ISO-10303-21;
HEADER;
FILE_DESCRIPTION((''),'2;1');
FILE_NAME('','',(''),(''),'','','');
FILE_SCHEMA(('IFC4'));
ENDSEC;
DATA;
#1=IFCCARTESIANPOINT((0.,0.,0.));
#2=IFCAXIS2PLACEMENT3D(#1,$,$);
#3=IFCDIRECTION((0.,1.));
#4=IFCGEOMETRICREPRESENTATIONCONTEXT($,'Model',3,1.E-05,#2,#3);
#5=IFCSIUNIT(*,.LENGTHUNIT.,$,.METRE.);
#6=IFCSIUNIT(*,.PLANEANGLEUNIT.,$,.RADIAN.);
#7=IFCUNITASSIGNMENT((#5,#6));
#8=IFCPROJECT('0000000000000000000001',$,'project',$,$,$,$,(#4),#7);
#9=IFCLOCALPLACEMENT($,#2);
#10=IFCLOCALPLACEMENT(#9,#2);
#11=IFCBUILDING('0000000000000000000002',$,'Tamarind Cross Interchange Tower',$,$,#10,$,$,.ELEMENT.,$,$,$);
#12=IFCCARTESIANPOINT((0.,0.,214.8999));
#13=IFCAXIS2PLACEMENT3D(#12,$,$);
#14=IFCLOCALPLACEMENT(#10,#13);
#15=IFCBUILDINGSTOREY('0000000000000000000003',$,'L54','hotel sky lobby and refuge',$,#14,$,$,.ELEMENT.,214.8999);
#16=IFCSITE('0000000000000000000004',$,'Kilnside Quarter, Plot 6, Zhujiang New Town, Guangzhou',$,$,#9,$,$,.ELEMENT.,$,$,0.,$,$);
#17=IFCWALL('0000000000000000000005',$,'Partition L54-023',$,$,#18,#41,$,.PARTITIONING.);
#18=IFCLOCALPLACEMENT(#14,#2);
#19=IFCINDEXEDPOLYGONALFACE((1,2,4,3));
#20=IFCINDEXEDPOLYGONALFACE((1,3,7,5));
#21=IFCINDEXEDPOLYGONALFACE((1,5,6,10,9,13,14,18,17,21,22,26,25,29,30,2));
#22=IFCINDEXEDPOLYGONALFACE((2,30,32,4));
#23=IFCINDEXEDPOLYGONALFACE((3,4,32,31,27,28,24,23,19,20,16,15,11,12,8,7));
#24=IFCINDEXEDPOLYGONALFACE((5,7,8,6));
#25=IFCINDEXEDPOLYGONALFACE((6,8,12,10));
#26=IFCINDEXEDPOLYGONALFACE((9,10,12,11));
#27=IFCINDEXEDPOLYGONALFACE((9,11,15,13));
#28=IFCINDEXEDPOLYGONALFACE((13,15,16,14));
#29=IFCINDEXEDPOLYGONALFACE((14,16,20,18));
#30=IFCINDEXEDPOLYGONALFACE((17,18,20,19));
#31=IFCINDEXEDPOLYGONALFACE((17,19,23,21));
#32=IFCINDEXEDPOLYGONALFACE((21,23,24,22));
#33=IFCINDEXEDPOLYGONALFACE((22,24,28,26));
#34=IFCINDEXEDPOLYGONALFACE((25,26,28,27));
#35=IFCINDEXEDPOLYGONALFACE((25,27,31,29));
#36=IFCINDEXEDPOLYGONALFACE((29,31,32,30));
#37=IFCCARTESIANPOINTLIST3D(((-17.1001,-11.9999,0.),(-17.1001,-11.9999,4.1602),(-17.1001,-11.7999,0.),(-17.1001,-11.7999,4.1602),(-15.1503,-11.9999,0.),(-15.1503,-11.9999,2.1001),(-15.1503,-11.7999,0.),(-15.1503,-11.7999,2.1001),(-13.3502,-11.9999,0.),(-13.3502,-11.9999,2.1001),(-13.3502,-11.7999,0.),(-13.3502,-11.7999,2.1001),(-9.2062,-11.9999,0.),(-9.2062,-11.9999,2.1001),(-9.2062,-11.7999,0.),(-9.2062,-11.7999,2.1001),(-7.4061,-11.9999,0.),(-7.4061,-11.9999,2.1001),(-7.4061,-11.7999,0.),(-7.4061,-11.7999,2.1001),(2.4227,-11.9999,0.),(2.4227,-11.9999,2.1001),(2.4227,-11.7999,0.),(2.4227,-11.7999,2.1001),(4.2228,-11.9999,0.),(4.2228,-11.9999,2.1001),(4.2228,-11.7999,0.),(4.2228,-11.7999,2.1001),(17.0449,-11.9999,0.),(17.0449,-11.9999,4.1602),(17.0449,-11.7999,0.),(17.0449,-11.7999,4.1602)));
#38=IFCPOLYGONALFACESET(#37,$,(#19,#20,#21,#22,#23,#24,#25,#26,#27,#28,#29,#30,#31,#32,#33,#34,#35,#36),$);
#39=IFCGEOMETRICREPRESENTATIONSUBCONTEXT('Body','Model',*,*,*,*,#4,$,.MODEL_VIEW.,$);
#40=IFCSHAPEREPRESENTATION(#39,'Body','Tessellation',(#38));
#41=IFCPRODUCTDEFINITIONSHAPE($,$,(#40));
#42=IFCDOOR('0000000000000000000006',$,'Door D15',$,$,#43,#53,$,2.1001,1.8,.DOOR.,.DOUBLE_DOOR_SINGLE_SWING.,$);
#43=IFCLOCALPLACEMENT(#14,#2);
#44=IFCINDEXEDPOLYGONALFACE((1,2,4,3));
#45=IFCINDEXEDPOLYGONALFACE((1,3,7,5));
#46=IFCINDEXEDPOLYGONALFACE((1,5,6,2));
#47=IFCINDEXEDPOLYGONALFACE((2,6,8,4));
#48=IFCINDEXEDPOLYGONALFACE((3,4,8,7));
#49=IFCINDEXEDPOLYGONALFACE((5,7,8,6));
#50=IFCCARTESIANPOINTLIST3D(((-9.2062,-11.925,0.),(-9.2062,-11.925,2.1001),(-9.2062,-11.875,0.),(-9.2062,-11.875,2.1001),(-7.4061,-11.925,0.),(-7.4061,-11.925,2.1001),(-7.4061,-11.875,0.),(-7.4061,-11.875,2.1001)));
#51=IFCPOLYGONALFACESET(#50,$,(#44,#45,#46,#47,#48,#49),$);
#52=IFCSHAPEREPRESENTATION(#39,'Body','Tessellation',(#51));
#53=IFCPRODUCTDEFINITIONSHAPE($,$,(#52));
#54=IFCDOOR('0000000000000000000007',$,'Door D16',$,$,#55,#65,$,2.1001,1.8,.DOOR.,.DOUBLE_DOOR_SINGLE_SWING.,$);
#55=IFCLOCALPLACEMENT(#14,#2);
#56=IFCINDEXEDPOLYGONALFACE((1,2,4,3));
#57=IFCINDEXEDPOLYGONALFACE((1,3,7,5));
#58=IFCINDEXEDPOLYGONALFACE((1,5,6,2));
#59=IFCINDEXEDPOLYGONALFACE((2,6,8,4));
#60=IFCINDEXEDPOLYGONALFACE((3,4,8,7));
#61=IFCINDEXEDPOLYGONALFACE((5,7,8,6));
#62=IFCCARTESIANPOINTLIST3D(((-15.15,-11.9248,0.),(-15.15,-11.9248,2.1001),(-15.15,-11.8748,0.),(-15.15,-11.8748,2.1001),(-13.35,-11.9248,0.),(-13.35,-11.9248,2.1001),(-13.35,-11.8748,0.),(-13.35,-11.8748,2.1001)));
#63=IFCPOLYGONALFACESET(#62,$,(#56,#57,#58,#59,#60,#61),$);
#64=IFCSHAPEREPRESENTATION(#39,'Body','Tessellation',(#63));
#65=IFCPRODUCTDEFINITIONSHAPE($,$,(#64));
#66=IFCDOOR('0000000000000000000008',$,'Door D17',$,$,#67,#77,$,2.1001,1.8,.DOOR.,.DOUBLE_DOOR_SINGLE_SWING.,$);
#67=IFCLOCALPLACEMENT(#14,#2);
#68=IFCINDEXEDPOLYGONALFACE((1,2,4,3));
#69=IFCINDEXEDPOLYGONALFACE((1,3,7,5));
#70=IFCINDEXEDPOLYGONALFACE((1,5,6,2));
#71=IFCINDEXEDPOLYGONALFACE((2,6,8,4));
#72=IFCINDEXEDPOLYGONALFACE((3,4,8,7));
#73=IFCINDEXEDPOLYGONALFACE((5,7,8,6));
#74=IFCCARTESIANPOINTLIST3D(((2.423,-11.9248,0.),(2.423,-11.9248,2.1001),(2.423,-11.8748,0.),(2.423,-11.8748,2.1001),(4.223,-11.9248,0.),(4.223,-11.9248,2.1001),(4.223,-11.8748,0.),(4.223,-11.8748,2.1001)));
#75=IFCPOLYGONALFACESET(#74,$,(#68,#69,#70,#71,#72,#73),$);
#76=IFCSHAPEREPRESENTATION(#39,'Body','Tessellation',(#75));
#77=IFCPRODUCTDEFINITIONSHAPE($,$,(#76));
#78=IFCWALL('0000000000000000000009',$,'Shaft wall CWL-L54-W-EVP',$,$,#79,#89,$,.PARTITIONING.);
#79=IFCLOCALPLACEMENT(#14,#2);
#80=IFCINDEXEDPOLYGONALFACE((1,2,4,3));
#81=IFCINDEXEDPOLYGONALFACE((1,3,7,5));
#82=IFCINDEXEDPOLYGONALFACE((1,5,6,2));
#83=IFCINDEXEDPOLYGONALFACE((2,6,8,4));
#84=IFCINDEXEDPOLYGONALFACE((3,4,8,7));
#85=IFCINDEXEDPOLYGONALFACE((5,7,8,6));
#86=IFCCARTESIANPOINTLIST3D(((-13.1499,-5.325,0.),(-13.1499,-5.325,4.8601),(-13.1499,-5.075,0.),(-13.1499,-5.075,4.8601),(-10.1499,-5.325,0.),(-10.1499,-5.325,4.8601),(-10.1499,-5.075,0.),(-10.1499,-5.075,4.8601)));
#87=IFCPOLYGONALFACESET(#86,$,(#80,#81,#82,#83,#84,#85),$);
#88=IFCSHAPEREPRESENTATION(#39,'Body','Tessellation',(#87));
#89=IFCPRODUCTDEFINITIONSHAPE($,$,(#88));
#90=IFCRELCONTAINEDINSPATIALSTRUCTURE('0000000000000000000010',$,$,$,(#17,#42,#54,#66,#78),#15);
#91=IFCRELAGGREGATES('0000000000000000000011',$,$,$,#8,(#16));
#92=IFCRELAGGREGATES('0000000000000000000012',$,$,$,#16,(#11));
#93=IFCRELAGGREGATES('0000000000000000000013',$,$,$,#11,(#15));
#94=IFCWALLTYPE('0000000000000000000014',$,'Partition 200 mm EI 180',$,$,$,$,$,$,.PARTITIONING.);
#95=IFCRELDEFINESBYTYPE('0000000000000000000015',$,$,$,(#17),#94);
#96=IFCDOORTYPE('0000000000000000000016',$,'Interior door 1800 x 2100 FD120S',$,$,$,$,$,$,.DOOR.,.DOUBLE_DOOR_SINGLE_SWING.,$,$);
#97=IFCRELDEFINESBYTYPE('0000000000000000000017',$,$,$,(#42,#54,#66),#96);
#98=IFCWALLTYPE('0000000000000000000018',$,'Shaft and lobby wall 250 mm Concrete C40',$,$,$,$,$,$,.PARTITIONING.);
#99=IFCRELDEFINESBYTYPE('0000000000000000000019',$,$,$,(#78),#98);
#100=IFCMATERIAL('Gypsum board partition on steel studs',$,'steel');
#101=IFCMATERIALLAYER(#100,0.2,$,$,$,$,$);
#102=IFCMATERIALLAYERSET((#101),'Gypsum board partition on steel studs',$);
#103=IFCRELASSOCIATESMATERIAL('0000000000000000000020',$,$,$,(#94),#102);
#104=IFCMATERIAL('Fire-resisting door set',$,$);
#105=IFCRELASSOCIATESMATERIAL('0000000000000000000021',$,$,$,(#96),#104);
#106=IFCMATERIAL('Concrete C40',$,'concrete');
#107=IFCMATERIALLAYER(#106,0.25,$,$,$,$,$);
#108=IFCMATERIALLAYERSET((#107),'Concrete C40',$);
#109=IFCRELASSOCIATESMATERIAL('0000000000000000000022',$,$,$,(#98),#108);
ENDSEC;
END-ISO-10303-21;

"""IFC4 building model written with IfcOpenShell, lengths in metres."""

from ifc_helpers import new_model, si_unit, direction, frame, frame_2d, origin, place, context, subcontext, project, spatial, rectangle, extrude, material, layer, layer_set, type_object, element, fill, save


model = new_model("IFC4")

# Units and contexts
model_context = context("Model", 3, precision=1e-05, world=origin(), true_north=direction((0.0, 1.0)))
body_context = subcontext(model_context, "Body", "Model", "MODEL_VIEW")
ifc_project = project(units=[si_unit("LENGTHUNIT", "METRE"), si_unit("PLANEANGLEUNIT", "RADIAN")], contexts=[model_context])

# Site, building, storey
site_placement = place(None, origin())
site = spatial("IfcSite", under=ifc_project, at=site_placement, Name="Kilnside Quarter, Plot 6, Zhujiang New Town, Guangzhou", CompositionType="ELEMENT", RefElevation=0.0)
building_placement = place(site_placement, origin())
building = spatial("IfcBuilding", under=site, at=building_placement, Name="Tamarind Cross Interchange Tower", CompositionType="ELEMENT")
storey_placement = place(building_placement, frame((0.0, 0.0, 214.8999)))
storey = spatial("IfcBuildingStorey", under=building, at=storey_placement, Name="L54", Description="hotel sky lobby and refuge", CompositionType="ELEMENT", Elevation=214.8999)

# Wall, openings, doors
ifc_material_1 = material(Name="Gypsum board partition on steel studs", Category="steel")
ifc_layer_1 = layer(ifc_material_1, 0.2)
ifc_layer_set_1 = layer_set([ifc_layer_1], Name="Gypsum board partition on steel studs")
wall_type_1 = type_object("IfcWallType", Name="Partition 200 mm EI 180", PredefinedType="PARTITIONING", material=ifc_layer_set_1)
wall_1_placement = place(storey_placement, frame((-17.1001, -11.8999, 0.0), z_axis=(0.0, 0.0, 1.0), x_axis=(1.0, 0.0, 0.0)))
wall_1 = element("IfcWall", 1, at=wall_1_placement, inside=storey, type_object=wall_type_1, Name="Partition L54-023", PredefinedType="PARTITIONING", context=body_context, shape_type="SweptSolid", body=[
    extrude(rectangle(XDim=34.145, YDim=0.2, at=frame_2d((17.0725, 0.0))), origin(), (0.0, 0.0, 1.0), 4.1602),
])
opening_1_placement = place(wall_1_placement, frame((7.894, 0.0, 0.0)))
opening_1 = element("IfcOpeningElement", 2, at=opening_1_placement, cuts=wall_1, PredefinedType="OPENING", context=body_context, shape_type="SweptSolid", body=[
    extrude(rectangle(XDim=1.8, YDim=2.1001, at=frame_2d((0.8999, 1.05))), frame((0.0, 0.1099, 0.0), z_axis=(0.0, -1.0, 0.0), x_axis=(1.0, 0.0, 0.0)), (0.0, 0.0, 1.0), 0.22),
])
opening_2_placement = place(wall_1_placement, frame((1.95, 0.0, 0.0)))
opening_2 = element("IfcOpeningElement", 3, at=opening_2_placement, cuts=wall_1, PredefinedType="OPENING", context=body_context, shape_type="SweptSolid", body=[
    extrude(rectangle(XDim=1.8, YDim=2.1001, at=frame_2d((0.8999, 1.05))), frame((0.0, 0.1099, 0.0), z_axis=(0.0, -1.0, 0.0), x_axis=(1.0, 0.0, 0.0)), (0.0, 0.0, 1.0), 0.22),
])
opening_3_placement = place(wall_1_placement, frame((19.5229, 0.0, 0.0)))
opening_3 = element("IfcOpeningElement", 4, at=opening_3_placement, cuts=wall_1, PredefinedType="OPENING", context=body_context, shape_type="SweptSolid", body=[
    extrude(rectangle(XDim=1.8, YDim=2.1001, at=frame_2d((0.8999, 1.05))), frame((0.0, 0.1099, 0.0), z_axis=(0.0, -1.0, 0.0), x_axis=(1.0, 0.0, 0.0)), (0.0, 0.0, 1.0), 0.22),
])
ifc_material_2 = material(Name="Fire-resisting door set")
door_type_1 = type_object("IfcDoorType", Name="Interior door 1800 x 2100 FD120S", OperationType="DOUBLE_DOOR_SINGLE_SWING", PredefinedType="DOOR", material=ifc_material_2)
door_1_placement = place(opening_1_placement, origin())
door_1 = element("IfcDoor", 5, at=door_1_placement, inside=storey, type_object=door_type_1, Name="Door D15", OperationType="DOUBLE_DOOR_SINGLE_SWING", OverallHeight=2.1001, OverallWidth=1.8, PredefinedType="DOOR", context=body_context, shape_type="SweptSolid", body=[
    extrude(rectangle(XDim=1.8, YDim=2.1001, at=frame_2d((0.8999, 1.05))), frame((0.0, 0.0249, 0.0), z_axis=(0.0, -1.0, 0.0), x_axis=(1.0, 0.0, 0.0)), (0.0, 0.0, 1.0), 0.05),
])
fill(opening_1, door_1)
door_2_placement = place(opening_2_placement, frame((1.8, 0.0, 0.0), z_axis=(0.0, 0.0, 1.0), x_axis=(-1.0, 0.0, 0.0)))
door_2 = element("IfcDoor", 6, at=door_2_placement, inside=storey, type_object=door_type_1, Name="Door D16", OperationType="DOUBLE_DOOR_SINGLE_SWING", OverallHeight=2.1001, OverallWidth=1.8, PredefinedType="DOOR", context=body_context, shape_type="SweptSolid", body=[
    extrude(rectangle(XDim=1.8, YDim=2.1001, at=frame_2d((0.8999, 1.05))), frame((0.0, 0.0249, 0.0), z_axis=(0.0, -1.0, 0.0), x_axis=(1.0, 0.0, 0.0)), (0.0, 0.0, 1.0), 0.05),
])
fill(opening_2, door_2)
door_3_placement = place(opening_3_placement, frame((1.8, 0.0, 0.0), z_axis=(0.0, 0.0, 1.0), x_axis=(-1.0, 0.0, 0.0)))
door_3 = element("IfcDoor", 7, at=door_3_placement, inside=storey, type_object=door_type_1, Name="Door D17", OperationType="DOUBLE_DOOR_SINGLE_SWING", OverallHeight=2.1001, OverallWidth=1.8, PredefinedType="DOOR", context=body_context, shape_type="SweptSolid", body=[
    extrude(rectangle(XDim=1.8, YDim=2.1001, at=frame_2d((0.8999, 1.05))), frame((0.0, 0.0249, 0.0), z_axis=(0.0, -1.0, 0.0), x_axis=(1.0, 0.0, 0.0)), (0.0, 0.0, 1.0), 0.05),
])
fill(opening_3, door_3)

# Wall
ifc_material_3 = material(Name="Concrete C40", Category="concrete")
ifc_layer_2 = layer(ifc_material_3, 0.25)
ifc_layer_set_2 = layer_set([ifc_layer_2], Name="Concrete C40")
wall_type_2 = type_object("IfcWallType", Name="Shaft and lobby wall 250 mm Concrete C40", PredefinedType="PARTITIONING", material=ifc_layer_set_2)
wall_2_placement = place(storey_placement, frame((-13.1499, -5.2, 0.0), z_axis=(0.0, 0.0, 1.0), x_axis=(1.0, 0.0, 0.0)))
element("IfcWall", 8, at=wall_2_placement, inside=storey, type_object=wall_type_2, Name="Shaft wall CWL-L54-W-EVP", PredefinedType="PARTITIONING", context=body_context, shape_type="SweptSolid", body=[
    extrude(rectangle(XDim=3.0, YDim=0.25, at=frame_2d((1.5, 0.0))), origin(), (0.0, 0.0, 1.0), 4.8601),
])

save(model, "model.ifc")
